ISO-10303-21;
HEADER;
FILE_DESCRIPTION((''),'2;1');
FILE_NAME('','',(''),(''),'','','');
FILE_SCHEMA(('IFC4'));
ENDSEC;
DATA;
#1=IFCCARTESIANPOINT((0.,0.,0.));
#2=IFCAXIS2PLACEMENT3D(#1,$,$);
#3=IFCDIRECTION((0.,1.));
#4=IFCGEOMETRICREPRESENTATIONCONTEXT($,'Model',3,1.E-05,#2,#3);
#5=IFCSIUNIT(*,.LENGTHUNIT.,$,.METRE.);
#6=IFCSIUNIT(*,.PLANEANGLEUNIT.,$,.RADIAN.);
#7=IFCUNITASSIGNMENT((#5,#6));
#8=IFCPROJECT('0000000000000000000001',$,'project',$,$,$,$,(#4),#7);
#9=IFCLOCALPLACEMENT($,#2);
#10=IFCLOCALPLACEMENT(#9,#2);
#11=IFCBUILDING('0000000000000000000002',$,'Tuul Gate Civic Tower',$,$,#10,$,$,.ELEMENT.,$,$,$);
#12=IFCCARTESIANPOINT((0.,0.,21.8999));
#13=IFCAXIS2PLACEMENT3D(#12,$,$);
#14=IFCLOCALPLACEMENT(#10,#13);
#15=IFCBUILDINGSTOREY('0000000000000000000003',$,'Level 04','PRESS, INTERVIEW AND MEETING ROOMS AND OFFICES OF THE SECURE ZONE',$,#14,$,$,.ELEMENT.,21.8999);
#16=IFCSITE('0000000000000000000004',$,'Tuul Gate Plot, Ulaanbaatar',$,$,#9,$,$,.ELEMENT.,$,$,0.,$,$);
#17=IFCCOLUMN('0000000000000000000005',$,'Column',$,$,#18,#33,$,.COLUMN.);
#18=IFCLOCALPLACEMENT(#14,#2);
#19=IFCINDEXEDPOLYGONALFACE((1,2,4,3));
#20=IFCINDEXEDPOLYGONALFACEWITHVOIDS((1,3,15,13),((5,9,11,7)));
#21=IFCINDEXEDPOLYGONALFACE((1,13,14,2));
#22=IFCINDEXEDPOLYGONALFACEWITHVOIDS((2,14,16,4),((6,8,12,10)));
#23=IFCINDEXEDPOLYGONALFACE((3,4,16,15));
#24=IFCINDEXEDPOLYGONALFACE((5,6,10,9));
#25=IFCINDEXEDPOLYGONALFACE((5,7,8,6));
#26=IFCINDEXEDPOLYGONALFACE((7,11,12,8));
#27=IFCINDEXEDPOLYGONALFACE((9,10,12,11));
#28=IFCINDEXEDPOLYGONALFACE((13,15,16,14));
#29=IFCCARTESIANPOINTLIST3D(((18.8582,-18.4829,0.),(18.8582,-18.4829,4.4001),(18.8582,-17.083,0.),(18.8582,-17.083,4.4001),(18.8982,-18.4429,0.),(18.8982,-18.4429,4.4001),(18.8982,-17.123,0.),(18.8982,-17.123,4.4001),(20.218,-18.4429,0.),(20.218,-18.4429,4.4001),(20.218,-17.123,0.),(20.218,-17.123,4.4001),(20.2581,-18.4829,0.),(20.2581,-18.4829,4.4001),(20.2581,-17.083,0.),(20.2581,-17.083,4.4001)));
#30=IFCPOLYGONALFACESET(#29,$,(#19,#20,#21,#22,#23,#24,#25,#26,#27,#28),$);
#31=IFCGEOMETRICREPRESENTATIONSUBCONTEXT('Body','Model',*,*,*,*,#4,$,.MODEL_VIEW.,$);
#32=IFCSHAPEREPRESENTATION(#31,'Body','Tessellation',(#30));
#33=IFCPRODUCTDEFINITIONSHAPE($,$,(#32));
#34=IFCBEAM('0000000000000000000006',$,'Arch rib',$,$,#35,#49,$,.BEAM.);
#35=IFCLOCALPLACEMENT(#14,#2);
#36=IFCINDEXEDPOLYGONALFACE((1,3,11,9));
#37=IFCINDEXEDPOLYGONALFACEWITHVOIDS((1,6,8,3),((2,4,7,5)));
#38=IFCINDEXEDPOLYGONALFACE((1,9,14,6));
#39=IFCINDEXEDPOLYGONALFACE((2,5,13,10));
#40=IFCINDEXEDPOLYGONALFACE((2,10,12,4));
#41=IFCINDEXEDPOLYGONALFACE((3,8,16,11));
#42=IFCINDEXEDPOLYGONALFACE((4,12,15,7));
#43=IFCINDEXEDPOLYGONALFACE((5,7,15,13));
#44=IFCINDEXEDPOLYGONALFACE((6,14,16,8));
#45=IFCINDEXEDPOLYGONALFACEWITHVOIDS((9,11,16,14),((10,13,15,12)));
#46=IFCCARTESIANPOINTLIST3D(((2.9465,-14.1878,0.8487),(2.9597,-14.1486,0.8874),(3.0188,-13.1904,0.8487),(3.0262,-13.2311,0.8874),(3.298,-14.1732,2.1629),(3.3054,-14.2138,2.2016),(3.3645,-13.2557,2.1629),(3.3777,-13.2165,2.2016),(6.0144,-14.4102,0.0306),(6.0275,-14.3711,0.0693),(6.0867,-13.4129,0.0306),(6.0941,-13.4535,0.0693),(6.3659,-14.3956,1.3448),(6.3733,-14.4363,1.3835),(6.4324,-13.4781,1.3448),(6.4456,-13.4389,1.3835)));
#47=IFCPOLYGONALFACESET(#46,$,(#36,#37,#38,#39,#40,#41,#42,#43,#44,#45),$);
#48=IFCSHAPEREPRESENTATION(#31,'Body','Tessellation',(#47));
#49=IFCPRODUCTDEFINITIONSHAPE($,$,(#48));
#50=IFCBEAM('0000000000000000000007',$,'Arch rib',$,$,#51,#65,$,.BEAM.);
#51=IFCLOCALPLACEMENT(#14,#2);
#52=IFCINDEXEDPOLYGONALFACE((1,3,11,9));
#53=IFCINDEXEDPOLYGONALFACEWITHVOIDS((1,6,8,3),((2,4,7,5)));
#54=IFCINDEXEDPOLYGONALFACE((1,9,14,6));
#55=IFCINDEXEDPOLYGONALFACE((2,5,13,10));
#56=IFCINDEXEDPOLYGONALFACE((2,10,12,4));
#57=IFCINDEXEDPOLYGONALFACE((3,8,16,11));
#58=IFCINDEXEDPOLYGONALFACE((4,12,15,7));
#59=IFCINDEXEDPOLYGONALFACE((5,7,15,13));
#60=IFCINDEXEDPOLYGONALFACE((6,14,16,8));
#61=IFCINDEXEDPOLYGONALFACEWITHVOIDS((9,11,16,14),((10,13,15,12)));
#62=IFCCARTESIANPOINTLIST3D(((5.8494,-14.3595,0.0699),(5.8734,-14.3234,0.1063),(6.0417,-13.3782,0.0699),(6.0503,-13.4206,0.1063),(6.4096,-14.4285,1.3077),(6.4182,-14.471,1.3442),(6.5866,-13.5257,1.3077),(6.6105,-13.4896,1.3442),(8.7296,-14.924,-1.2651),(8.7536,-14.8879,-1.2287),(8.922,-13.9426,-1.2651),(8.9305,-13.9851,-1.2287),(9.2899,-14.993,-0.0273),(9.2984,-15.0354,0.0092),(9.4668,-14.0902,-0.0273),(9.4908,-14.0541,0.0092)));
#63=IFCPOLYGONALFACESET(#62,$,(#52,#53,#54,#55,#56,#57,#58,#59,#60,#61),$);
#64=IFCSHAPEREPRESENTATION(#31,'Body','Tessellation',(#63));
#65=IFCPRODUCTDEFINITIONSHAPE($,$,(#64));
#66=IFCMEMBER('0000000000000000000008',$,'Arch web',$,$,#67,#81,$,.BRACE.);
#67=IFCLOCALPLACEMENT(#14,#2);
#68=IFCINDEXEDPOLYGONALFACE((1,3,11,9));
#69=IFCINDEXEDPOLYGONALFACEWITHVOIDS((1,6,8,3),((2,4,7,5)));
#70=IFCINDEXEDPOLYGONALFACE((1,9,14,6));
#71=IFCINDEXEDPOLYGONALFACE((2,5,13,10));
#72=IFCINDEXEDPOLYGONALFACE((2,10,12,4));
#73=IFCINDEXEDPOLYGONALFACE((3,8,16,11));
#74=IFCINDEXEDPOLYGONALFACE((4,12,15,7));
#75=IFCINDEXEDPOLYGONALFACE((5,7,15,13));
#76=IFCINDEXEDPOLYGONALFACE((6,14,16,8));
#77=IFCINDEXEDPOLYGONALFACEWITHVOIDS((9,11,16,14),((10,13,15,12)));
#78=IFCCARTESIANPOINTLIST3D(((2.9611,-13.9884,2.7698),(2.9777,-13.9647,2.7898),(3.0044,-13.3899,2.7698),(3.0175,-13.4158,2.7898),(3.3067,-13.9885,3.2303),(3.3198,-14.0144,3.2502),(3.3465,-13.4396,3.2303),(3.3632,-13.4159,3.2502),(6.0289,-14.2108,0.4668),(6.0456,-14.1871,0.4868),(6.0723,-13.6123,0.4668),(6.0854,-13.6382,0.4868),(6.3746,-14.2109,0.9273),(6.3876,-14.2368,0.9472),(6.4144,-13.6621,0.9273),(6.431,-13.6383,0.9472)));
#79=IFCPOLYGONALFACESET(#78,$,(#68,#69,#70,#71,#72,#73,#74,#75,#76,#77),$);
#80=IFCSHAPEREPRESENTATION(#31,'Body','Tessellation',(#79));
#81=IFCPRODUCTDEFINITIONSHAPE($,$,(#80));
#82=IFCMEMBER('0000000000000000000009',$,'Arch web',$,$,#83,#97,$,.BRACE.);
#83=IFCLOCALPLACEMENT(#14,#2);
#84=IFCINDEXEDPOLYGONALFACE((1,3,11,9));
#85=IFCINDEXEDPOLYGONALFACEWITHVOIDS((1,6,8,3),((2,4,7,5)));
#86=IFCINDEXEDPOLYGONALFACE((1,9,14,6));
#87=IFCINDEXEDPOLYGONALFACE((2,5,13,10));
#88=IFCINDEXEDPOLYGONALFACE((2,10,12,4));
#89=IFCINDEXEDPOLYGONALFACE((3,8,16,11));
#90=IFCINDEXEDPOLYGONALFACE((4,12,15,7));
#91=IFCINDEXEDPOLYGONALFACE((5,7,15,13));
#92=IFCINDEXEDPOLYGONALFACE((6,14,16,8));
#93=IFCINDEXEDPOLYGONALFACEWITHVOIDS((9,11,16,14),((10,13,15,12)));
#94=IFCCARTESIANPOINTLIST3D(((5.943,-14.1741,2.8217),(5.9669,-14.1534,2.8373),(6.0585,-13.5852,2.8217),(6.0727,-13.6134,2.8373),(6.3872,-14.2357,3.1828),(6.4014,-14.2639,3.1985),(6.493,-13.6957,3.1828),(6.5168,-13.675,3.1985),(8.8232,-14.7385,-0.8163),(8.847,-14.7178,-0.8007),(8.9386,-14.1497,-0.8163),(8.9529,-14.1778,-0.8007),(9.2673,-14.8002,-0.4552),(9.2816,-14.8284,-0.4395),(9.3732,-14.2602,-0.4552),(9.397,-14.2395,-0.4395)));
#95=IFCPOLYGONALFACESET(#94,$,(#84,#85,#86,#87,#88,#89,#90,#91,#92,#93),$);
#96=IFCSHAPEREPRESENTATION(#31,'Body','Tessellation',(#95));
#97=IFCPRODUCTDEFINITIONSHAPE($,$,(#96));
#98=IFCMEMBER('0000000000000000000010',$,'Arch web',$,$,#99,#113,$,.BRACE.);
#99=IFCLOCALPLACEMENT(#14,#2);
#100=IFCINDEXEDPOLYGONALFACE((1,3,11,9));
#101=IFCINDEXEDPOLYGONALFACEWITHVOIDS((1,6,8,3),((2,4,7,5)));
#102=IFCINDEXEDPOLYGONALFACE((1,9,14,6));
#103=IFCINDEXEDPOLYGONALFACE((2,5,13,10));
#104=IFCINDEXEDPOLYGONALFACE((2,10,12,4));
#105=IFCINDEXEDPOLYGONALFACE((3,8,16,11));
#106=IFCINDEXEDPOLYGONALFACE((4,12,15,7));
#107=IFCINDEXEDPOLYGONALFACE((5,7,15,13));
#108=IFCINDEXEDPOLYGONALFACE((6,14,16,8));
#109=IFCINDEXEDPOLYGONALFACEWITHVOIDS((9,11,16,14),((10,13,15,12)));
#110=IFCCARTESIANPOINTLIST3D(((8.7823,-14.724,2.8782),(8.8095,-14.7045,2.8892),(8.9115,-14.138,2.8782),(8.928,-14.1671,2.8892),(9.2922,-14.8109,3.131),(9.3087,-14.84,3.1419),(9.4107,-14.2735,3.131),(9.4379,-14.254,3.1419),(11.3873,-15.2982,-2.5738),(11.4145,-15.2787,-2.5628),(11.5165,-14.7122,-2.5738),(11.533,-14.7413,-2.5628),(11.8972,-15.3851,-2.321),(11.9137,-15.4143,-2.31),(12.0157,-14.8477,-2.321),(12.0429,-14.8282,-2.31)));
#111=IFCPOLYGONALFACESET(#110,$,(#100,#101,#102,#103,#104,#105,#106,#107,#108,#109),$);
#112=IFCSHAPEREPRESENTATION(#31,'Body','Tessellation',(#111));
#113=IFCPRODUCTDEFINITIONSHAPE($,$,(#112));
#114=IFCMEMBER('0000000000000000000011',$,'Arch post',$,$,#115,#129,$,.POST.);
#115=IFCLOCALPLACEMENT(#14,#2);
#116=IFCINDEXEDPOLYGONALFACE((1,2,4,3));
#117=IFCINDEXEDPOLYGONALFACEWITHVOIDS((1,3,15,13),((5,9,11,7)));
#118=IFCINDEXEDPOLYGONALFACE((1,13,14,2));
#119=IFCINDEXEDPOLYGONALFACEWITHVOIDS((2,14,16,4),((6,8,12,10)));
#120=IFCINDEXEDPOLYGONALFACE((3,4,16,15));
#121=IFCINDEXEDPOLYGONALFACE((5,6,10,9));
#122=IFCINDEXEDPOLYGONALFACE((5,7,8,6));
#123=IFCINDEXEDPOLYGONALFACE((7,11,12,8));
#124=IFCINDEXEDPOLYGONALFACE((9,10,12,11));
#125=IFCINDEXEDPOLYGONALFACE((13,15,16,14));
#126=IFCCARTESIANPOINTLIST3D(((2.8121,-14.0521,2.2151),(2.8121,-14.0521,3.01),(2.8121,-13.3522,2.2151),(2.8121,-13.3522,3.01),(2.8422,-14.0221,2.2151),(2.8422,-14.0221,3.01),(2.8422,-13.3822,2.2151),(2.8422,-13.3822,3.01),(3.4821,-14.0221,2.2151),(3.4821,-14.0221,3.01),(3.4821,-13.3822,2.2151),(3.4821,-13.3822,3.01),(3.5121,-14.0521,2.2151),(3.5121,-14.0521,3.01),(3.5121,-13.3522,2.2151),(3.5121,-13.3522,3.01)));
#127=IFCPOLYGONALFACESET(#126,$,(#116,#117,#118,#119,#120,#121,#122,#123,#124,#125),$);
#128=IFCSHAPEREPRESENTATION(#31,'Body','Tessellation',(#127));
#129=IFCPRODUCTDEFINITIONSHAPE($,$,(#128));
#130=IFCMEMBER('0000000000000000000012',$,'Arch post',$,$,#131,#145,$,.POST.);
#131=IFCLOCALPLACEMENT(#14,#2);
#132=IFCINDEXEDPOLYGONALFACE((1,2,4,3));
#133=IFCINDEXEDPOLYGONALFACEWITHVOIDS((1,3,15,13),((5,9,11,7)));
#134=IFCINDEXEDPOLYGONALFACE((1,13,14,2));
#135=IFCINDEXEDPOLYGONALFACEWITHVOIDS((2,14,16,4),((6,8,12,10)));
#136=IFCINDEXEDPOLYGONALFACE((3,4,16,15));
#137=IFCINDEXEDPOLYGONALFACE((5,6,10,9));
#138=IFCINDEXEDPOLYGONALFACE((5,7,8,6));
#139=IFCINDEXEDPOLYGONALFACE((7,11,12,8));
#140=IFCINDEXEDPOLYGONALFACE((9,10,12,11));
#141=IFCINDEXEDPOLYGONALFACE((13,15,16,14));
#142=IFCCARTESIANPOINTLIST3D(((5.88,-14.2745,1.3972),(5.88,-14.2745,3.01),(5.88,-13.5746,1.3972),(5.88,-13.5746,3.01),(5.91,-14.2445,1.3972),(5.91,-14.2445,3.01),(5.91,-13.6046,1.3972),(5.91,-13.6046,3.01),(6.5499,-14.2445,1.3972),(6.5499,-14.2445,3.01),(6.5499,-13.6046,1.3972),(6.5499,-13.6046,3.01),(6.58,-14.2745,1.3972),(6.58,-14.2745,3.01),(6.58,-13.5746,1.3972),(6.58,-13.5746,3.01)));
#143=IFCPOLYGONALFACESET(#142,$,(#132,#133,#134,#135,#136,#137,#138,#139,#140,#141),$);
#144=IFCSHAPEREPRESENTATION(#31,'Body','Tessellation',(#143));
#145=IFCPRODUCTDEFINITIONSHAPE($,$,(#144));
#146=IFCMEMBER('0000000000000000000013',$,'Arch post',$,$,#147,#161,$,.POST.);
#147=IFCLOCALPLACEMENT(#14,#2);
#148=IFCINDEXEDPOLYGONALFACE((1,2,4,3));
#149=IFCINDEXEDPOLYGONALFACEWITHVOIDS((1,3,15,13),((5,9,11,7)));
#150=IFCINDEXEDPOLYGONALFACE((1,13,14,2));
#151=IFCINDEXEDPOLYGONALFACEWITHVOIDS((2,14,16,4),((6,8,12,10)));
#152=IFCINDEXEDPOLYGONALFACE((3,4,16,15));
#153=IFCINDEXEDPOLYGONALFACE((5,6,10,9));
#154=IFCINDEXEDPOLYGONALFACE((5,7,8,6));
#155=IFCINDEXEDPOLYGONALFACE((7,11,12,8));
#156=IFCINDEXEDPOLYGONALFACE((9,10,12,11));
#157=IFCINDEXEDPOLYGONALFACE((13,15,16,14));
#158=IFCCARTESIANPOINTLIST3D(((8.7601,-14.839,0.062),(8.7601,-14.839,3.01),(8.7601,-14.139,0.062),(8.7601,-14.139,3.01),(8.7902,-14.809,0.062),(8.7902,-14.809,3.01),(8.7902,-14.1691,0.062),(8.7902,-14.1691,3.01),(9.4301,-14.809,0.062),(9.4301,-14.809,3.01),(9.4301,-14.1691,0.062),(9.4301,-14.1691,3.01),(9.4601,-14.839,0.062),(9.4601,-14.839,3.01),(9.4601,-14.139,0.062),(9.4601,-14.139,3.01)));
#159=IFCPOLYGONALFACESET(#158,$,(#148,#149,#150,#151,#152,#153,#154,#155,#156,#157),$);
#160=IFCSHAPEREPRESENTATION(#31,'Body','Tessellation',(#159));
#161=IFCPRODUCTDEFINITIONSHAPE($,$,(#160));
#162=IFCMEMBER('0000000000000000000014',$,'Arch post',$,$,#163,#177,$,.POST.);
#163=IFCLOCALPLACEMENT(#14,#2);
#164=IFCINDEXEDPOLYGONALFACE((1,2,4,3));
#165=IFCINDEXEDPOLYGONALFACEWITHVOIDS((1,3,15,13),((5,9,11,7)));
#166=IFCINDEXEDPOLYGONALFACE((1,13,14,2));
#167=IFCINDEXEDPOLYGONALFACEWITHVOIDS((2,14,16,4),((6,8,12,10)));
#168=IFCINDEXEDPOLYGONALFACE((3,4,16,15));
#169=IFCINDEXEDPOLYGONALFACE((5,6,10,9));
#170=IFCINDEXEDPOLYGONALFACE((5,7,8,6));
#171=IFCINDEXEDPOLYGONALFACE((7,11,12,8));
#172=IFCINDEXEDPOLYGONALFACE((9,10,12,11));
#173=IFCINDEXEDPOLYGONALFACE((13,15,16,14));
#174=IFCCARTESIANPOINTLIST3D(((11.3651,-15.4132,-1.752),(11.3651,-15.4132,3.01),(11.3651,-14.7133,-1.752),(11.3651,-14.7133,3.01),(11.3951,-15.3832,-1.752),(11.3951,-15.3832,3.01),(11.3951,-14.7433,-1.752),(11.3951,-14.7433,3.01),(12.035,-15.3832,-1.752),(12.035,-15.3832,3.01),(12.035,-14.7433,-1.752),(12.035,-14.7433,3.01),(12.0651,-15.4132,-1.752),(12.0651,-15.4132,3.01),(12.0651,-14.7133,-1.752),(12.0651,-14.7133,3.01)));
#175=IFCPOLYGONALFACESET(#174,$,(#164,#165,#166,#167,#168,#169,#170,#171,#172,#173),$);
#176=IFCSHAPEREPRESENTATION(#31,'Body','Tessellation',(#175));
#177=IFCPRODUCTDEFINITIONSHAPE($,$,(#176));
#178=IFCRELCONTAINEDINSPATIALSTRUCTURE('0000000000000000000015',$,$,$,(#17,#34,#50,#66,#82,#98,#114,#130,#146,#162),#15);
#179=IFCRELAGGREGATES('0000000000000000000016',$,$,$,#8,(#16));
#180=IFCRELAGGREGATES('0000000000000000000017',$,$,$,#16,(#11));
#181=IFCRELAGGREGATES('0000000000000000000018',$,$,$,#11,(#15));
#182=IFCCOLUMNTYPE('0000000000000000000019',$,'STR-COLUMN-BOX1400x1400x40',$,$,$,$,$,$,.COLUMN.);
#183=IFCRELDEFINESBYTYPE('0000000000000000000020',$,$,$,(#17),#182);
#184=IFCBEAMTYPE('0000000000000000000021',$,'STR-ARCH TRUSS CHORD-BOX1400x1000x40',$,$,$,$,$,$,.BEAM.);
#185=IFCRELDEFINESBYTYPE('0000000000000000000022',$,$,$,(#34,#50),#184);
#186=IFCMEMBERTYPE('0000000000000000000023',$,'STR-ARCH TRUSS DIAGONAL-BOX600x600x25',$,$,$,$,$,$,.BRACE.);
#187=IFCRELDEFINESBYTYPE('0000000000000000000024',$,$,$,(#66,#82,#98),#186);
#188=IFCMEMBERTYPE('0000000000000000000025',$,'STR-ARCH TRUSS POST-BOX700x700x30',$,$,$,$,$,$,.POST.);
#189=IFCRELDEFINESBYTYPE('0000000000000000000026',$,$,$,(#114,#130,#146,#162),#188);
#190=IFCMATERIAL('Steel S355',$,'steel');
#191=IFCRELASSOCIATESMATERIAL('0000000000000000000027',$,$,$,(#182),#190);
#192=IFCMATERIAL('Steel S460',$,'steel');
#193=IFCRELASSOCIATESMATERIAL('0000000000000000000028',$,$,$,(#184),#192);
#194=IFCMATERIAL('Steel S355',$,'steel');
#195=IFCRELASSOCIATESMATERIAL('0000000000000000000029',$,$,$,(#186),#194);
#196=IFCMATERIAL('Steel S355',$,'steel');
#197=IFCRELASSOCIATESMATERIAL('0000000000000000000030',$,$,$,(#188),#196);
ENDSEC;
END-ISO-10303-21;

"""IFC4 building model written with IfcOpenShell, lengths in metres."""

from ifc_helpers import new_model, si_unit, direction, frame, origin, origin_2d, place, context, subcontext, project, spatial, hollow_rectangle, extrude, material, material_profile, profile_set, type_object, element, save


model = new_model("IFC4")

# Units and contexts
model_context = context("Model", 3, precision=1e-05, world=origin(), true_north=direction((0.0, 1.0)))
body_context = subcontext(model_context, "Body", "Model", "MODEL_VIEW")
ifc_project = project(units=[si_unit("LENGTHUNIT", "METRE"), si_unit("PLANEANGLEUNIT", "RADIAN")], contexts=[model_context])

# Site, building, storey
site_placement = place(None, origin())
site = spatial("IfcSite", under=ifc_project, at=site_placement, Name="Tuul Gate Plot, Ulaanbaatar", CompositionType="ELEMENT", RefElevation=0.0)
building_placement = place(site_placement, origin())
building = spatial("IfcBuilding", under=site, at=building_placement, Name="Tuul Gate Civic Tower", CompositionType="ELEMENT")
storey_placement = place(building_placement, frame((0.0, 0.0, 21.8999)))
storey = spatial("IfcBuildingStorey", under=building, at=storey_placement, Name="Level 04", Description="PRESS, INTERVIEW AND MEETING ROOMS AND OFFICES OF THE SECURE ZONE", CompositionType="ELEMENT", Elevation=21.8999)

# Column
ifc_material_1 = material(Name="Steel S355", Category="steel")
ifc_material_profile_1 = material_profile(ifc_material_1, hollow_rectangle(XDim=1.3999, YDim=1.3999, WallThickness=0.04, at=origin_2d()), Name="BOX1400x1400x40")
ifc_profile_set_1 = profile_set([ifc_material_profile_1], Name="Steel S355")
column_type = type_object("IfcColumnType", Name="STR-COLUMN-BOX1400x1400x40", PredefinedType="COLUMN", material=ifc_profile_set_1)
column_placement = place(storey_placement, frame((19.5581, -17.783, 0.0), z_axis=(0.0, 0.0, 1.0), x_axis=(1.0, 0.0, 0.0)))
element("IfcColumn", 1, at=column_placement, inside=storey, type_object=column_type, Name="Column", PredefinedType="COLUMN", context=body_context, shape_type="SweptSolid", body=[
    extrude(hollow_rectangle(XDim=1.3999, YDim=1.3999, WallThickness=0.04, at=origin_2d()), origin(), (0.0, 0.0, 1.0), 4.4001),
])

# Beams
ifc_material_2 = material(Name="Steel S460", Category="steel")
ifc_material_profile_2 = material_profile(ifc_material_2, hollow_rectangle(XDim=1.0, YDim=1.3999, WallThickness=0.04, at=origin_2d()), Name="BOX1400x1000x40")
ifc_profile_set_2 = profile_set([ifc_material_profile_2], Name="Steel S460")
beam_type_1 = type_object("IfcBeamType", Name="STR-ARCH TRUSS CHORD-BOX1400x1000x40", PredefinedType="BEAM", material=ifc_profile_set_2)
beam_1_placement = place(storey_placement, frame((3.1621, -13.7021, 1.5251), z_axis=(0.963872, -0.069878, -0.257038), x_axis=(0.072307, 0.997382, 0.0)))
element("IfcBeam", 2, at=beam_1_placement, inside=storey, type_object=beam_type_1, Name="Arch rib", PredefinedType="BEAM", context=body_context, shape_type="SweptSolid", body=[
    extrude(hollow_rectangle(XDim=1.0, YDim=1.3999, WallThickness=0.04, at=origin_2d()), origin(), (0.0, 0.0, 1.0), 3.1829),
])
beam_2_placement = place(storey_placement, frame((6.23, -13.9246, 0.707), z_axis=(0.893267, -0.175064, -0.414036), x_axis=(0.192323, 0.981332, 0.0)))
element("IfcBeam", 3, at=beam_2_placement, inside=storey, type_object=beam_type_1, Name="Arch rib", PredefinedType="BEAM", context=body_context, shape_type="SweptSolid", body=[
    extrude(hollow_rectangle(XDim=1.0, YDim=1.3999, WallThickness=0.04, at=origin_2d()), origin(), (0.0, 0.0, 1.0), 3.2244),
])

# Members
ifc_material_3 = material(Name="Steel S355", Category="steel")
ifc_material_profile_3 = material_profile(ifc_material_3, hollow_rectangle(XDim=0.6001, YDim=0.6001, WallThickness=0.0249, at=origin_2d()), Name="BOX600x600x25")
ifc_profile_set_3 = profile_set([ifc_material_profile_3], Name="Steel S355")
member_type_1 = type_object("IfcMemberType", Name="STR-ARCH TRUSS DIAGONAL-BOX600x600x25", PredefinedType="BRACE", material=ifc_profile_set_3)
member_1_placement = place(storey_placement, frame((6.23, -13.9246, 0.707), z_axis=(-0.798399, 0.057882, 0.59934), x_axis=(-0.072307, -0.997382, 0.0)))
element("IfcMember", 4, at=member_1_placement, inside=storey, type_object=member_type_1, Name="Arch web", PredefinedType="BRACE", context=body_context, shape_type="SweptSolid", body=[
    extrude(hollow_rectangle(XDim=0.6001, YDim=0.6001, WallThickness=0.0249, at=origin_2d()), origin(), (0.0, 0.0, 1.0), 3.8425),
])
member_2_placement = place(storey_placement, frame((9.1101, -14.489, -0.6279), z_axis=(-0.616173, 0.120759, 0.778299), x_axis=(-0.192323, -0.981332, 0.0)))
element("IfcMember", 5, at=member_2_placement, inside=storey, type_object=member_type_1, Name="Arch web", PredefinedType="BRACE", context=body_context, shape_type="SweptSolid", body=[
    extrude(hollow_rectangle(XDim=0.6001, YDim=0.6001, WallThickness=0.0249, at=origin_2d()), origin(), (0.0, 0.0, 1.0), 4.6743),
])
member_3_placement = place(storey_placement, frame((11.7151, -15.0632, -2.4419), z_axis=(-0.429191, 0.094607, 0.898245), x_axis=(-0.215263, -0.976556, 0.0)))
element("IfcMember", 6, at=member_3_placement, inside=storey, type_object=member_type_1, Name="Arch web", PredefinedType="BRACE", context=body_context, shape_type="SweptSolid", body=[
    extrude(hollow_rectangle(XDim=0.6001, YDim=0.6001, WallThickness=0.0249, at=origin_2d()), origin(), (0.0, 0.0, 1.0), 6.0696),
])
ifc_material_4 = material(Name="Steel S355", Category="steel")
ifc_material_profile_4 = material_profile(ifc_material_4, hollow_rectangle(XDim=0.7, YDim=0.7, WallThickness=0.03, at=origin_2d()), Name="BOX700x700x30")
ifc_profile_set_4 = profile_set([ifc_material_profile_4], Name="Steel S355")
member_type_2 = type_object("IfcMemberType", Name="STR-ARCH TRUSS POST-BOX700x700x30", PredefinedType="POST", material=ifc_profile_set_4)
member_4_placement = place(storey_placement, frame((3.1621, -13.7021, 2.2151), z_axis=(0.0, 0.0, 1.0), x_axis=(1.0, 0.0, 0.0)))
element("IfcMember", 7, at=member_4_placement, inside=storey, type_object=member_type_2, Name="Arch post", PredefinedType="POST", context=body_context, shape_type="SweptSolid", body=[
    extrude(hollow_rectangle(XDim=0.7, YDim=0.7, WallThickness=0.03, at=origin_2d()), origin(), (0.0, 0.0, 1.0), 0.7949),
])
member_5_placement = place(storey_placement, frame((6.23, -13.9246, 1.3972), z_axis=(0.0, 0.0, 1.0), x_axis=(1.0, 0.0, 0.0)))
element("IfcMember", 8, at=member_5_placement, inside=storey, type_object=member_type_2, Name="Arch post", PredefinedType="POST", context=body_context, shape_type="SweptSolid", body=[
    extrude(hollow_rectangle(XDim=0.7, YDim=0.7, WallThickness=0.03, at=origin_2d()), origin(), (0.0, 0.0, 1.0), 1.6128),
])
member_6_placement = place(storey_placement, frame((9.1101, -14.489, 0.062), z_axis=(0.0, 0.0, 1.0), x_axis=(1.0, 0.0, 0.0)))
element("IfcMember", 9, at=member_6_placement, inside=storey, type_object=member_type_2, Name="Arch post", PredefinedType="POST", context=body_context, shape_type="SweptSolid", body=[
    extrude(hollow_rectangle(XDim=0.7, YDim=0.7, WallThickness=0.03, at=origin_2d()), origin(), (0.0, 0.0, 1.0), 2.948),
])
member_7_placement = place(storey_placement, frame((11.7151, -15.0632, -1.752), z_axis=(0.0, 0.0, 1.0), x_axis=(1.0, 0.0, 0.0)))
element("IfcMember", 10, at=member_7_placement, inside=storey, type_object=member_type_2, Name="Arch post", PredefinedType="POST", context=body_context, shape_type="SweptSolid", body=[
    extrude(hollow_rectangle(XDim=0.7, YDim=0.7, WallThickness=0.03, at=origin_2d()), origin(), (0.0, 0.0, 1.0), 4.762),
])

save(model, "model.ifc")
